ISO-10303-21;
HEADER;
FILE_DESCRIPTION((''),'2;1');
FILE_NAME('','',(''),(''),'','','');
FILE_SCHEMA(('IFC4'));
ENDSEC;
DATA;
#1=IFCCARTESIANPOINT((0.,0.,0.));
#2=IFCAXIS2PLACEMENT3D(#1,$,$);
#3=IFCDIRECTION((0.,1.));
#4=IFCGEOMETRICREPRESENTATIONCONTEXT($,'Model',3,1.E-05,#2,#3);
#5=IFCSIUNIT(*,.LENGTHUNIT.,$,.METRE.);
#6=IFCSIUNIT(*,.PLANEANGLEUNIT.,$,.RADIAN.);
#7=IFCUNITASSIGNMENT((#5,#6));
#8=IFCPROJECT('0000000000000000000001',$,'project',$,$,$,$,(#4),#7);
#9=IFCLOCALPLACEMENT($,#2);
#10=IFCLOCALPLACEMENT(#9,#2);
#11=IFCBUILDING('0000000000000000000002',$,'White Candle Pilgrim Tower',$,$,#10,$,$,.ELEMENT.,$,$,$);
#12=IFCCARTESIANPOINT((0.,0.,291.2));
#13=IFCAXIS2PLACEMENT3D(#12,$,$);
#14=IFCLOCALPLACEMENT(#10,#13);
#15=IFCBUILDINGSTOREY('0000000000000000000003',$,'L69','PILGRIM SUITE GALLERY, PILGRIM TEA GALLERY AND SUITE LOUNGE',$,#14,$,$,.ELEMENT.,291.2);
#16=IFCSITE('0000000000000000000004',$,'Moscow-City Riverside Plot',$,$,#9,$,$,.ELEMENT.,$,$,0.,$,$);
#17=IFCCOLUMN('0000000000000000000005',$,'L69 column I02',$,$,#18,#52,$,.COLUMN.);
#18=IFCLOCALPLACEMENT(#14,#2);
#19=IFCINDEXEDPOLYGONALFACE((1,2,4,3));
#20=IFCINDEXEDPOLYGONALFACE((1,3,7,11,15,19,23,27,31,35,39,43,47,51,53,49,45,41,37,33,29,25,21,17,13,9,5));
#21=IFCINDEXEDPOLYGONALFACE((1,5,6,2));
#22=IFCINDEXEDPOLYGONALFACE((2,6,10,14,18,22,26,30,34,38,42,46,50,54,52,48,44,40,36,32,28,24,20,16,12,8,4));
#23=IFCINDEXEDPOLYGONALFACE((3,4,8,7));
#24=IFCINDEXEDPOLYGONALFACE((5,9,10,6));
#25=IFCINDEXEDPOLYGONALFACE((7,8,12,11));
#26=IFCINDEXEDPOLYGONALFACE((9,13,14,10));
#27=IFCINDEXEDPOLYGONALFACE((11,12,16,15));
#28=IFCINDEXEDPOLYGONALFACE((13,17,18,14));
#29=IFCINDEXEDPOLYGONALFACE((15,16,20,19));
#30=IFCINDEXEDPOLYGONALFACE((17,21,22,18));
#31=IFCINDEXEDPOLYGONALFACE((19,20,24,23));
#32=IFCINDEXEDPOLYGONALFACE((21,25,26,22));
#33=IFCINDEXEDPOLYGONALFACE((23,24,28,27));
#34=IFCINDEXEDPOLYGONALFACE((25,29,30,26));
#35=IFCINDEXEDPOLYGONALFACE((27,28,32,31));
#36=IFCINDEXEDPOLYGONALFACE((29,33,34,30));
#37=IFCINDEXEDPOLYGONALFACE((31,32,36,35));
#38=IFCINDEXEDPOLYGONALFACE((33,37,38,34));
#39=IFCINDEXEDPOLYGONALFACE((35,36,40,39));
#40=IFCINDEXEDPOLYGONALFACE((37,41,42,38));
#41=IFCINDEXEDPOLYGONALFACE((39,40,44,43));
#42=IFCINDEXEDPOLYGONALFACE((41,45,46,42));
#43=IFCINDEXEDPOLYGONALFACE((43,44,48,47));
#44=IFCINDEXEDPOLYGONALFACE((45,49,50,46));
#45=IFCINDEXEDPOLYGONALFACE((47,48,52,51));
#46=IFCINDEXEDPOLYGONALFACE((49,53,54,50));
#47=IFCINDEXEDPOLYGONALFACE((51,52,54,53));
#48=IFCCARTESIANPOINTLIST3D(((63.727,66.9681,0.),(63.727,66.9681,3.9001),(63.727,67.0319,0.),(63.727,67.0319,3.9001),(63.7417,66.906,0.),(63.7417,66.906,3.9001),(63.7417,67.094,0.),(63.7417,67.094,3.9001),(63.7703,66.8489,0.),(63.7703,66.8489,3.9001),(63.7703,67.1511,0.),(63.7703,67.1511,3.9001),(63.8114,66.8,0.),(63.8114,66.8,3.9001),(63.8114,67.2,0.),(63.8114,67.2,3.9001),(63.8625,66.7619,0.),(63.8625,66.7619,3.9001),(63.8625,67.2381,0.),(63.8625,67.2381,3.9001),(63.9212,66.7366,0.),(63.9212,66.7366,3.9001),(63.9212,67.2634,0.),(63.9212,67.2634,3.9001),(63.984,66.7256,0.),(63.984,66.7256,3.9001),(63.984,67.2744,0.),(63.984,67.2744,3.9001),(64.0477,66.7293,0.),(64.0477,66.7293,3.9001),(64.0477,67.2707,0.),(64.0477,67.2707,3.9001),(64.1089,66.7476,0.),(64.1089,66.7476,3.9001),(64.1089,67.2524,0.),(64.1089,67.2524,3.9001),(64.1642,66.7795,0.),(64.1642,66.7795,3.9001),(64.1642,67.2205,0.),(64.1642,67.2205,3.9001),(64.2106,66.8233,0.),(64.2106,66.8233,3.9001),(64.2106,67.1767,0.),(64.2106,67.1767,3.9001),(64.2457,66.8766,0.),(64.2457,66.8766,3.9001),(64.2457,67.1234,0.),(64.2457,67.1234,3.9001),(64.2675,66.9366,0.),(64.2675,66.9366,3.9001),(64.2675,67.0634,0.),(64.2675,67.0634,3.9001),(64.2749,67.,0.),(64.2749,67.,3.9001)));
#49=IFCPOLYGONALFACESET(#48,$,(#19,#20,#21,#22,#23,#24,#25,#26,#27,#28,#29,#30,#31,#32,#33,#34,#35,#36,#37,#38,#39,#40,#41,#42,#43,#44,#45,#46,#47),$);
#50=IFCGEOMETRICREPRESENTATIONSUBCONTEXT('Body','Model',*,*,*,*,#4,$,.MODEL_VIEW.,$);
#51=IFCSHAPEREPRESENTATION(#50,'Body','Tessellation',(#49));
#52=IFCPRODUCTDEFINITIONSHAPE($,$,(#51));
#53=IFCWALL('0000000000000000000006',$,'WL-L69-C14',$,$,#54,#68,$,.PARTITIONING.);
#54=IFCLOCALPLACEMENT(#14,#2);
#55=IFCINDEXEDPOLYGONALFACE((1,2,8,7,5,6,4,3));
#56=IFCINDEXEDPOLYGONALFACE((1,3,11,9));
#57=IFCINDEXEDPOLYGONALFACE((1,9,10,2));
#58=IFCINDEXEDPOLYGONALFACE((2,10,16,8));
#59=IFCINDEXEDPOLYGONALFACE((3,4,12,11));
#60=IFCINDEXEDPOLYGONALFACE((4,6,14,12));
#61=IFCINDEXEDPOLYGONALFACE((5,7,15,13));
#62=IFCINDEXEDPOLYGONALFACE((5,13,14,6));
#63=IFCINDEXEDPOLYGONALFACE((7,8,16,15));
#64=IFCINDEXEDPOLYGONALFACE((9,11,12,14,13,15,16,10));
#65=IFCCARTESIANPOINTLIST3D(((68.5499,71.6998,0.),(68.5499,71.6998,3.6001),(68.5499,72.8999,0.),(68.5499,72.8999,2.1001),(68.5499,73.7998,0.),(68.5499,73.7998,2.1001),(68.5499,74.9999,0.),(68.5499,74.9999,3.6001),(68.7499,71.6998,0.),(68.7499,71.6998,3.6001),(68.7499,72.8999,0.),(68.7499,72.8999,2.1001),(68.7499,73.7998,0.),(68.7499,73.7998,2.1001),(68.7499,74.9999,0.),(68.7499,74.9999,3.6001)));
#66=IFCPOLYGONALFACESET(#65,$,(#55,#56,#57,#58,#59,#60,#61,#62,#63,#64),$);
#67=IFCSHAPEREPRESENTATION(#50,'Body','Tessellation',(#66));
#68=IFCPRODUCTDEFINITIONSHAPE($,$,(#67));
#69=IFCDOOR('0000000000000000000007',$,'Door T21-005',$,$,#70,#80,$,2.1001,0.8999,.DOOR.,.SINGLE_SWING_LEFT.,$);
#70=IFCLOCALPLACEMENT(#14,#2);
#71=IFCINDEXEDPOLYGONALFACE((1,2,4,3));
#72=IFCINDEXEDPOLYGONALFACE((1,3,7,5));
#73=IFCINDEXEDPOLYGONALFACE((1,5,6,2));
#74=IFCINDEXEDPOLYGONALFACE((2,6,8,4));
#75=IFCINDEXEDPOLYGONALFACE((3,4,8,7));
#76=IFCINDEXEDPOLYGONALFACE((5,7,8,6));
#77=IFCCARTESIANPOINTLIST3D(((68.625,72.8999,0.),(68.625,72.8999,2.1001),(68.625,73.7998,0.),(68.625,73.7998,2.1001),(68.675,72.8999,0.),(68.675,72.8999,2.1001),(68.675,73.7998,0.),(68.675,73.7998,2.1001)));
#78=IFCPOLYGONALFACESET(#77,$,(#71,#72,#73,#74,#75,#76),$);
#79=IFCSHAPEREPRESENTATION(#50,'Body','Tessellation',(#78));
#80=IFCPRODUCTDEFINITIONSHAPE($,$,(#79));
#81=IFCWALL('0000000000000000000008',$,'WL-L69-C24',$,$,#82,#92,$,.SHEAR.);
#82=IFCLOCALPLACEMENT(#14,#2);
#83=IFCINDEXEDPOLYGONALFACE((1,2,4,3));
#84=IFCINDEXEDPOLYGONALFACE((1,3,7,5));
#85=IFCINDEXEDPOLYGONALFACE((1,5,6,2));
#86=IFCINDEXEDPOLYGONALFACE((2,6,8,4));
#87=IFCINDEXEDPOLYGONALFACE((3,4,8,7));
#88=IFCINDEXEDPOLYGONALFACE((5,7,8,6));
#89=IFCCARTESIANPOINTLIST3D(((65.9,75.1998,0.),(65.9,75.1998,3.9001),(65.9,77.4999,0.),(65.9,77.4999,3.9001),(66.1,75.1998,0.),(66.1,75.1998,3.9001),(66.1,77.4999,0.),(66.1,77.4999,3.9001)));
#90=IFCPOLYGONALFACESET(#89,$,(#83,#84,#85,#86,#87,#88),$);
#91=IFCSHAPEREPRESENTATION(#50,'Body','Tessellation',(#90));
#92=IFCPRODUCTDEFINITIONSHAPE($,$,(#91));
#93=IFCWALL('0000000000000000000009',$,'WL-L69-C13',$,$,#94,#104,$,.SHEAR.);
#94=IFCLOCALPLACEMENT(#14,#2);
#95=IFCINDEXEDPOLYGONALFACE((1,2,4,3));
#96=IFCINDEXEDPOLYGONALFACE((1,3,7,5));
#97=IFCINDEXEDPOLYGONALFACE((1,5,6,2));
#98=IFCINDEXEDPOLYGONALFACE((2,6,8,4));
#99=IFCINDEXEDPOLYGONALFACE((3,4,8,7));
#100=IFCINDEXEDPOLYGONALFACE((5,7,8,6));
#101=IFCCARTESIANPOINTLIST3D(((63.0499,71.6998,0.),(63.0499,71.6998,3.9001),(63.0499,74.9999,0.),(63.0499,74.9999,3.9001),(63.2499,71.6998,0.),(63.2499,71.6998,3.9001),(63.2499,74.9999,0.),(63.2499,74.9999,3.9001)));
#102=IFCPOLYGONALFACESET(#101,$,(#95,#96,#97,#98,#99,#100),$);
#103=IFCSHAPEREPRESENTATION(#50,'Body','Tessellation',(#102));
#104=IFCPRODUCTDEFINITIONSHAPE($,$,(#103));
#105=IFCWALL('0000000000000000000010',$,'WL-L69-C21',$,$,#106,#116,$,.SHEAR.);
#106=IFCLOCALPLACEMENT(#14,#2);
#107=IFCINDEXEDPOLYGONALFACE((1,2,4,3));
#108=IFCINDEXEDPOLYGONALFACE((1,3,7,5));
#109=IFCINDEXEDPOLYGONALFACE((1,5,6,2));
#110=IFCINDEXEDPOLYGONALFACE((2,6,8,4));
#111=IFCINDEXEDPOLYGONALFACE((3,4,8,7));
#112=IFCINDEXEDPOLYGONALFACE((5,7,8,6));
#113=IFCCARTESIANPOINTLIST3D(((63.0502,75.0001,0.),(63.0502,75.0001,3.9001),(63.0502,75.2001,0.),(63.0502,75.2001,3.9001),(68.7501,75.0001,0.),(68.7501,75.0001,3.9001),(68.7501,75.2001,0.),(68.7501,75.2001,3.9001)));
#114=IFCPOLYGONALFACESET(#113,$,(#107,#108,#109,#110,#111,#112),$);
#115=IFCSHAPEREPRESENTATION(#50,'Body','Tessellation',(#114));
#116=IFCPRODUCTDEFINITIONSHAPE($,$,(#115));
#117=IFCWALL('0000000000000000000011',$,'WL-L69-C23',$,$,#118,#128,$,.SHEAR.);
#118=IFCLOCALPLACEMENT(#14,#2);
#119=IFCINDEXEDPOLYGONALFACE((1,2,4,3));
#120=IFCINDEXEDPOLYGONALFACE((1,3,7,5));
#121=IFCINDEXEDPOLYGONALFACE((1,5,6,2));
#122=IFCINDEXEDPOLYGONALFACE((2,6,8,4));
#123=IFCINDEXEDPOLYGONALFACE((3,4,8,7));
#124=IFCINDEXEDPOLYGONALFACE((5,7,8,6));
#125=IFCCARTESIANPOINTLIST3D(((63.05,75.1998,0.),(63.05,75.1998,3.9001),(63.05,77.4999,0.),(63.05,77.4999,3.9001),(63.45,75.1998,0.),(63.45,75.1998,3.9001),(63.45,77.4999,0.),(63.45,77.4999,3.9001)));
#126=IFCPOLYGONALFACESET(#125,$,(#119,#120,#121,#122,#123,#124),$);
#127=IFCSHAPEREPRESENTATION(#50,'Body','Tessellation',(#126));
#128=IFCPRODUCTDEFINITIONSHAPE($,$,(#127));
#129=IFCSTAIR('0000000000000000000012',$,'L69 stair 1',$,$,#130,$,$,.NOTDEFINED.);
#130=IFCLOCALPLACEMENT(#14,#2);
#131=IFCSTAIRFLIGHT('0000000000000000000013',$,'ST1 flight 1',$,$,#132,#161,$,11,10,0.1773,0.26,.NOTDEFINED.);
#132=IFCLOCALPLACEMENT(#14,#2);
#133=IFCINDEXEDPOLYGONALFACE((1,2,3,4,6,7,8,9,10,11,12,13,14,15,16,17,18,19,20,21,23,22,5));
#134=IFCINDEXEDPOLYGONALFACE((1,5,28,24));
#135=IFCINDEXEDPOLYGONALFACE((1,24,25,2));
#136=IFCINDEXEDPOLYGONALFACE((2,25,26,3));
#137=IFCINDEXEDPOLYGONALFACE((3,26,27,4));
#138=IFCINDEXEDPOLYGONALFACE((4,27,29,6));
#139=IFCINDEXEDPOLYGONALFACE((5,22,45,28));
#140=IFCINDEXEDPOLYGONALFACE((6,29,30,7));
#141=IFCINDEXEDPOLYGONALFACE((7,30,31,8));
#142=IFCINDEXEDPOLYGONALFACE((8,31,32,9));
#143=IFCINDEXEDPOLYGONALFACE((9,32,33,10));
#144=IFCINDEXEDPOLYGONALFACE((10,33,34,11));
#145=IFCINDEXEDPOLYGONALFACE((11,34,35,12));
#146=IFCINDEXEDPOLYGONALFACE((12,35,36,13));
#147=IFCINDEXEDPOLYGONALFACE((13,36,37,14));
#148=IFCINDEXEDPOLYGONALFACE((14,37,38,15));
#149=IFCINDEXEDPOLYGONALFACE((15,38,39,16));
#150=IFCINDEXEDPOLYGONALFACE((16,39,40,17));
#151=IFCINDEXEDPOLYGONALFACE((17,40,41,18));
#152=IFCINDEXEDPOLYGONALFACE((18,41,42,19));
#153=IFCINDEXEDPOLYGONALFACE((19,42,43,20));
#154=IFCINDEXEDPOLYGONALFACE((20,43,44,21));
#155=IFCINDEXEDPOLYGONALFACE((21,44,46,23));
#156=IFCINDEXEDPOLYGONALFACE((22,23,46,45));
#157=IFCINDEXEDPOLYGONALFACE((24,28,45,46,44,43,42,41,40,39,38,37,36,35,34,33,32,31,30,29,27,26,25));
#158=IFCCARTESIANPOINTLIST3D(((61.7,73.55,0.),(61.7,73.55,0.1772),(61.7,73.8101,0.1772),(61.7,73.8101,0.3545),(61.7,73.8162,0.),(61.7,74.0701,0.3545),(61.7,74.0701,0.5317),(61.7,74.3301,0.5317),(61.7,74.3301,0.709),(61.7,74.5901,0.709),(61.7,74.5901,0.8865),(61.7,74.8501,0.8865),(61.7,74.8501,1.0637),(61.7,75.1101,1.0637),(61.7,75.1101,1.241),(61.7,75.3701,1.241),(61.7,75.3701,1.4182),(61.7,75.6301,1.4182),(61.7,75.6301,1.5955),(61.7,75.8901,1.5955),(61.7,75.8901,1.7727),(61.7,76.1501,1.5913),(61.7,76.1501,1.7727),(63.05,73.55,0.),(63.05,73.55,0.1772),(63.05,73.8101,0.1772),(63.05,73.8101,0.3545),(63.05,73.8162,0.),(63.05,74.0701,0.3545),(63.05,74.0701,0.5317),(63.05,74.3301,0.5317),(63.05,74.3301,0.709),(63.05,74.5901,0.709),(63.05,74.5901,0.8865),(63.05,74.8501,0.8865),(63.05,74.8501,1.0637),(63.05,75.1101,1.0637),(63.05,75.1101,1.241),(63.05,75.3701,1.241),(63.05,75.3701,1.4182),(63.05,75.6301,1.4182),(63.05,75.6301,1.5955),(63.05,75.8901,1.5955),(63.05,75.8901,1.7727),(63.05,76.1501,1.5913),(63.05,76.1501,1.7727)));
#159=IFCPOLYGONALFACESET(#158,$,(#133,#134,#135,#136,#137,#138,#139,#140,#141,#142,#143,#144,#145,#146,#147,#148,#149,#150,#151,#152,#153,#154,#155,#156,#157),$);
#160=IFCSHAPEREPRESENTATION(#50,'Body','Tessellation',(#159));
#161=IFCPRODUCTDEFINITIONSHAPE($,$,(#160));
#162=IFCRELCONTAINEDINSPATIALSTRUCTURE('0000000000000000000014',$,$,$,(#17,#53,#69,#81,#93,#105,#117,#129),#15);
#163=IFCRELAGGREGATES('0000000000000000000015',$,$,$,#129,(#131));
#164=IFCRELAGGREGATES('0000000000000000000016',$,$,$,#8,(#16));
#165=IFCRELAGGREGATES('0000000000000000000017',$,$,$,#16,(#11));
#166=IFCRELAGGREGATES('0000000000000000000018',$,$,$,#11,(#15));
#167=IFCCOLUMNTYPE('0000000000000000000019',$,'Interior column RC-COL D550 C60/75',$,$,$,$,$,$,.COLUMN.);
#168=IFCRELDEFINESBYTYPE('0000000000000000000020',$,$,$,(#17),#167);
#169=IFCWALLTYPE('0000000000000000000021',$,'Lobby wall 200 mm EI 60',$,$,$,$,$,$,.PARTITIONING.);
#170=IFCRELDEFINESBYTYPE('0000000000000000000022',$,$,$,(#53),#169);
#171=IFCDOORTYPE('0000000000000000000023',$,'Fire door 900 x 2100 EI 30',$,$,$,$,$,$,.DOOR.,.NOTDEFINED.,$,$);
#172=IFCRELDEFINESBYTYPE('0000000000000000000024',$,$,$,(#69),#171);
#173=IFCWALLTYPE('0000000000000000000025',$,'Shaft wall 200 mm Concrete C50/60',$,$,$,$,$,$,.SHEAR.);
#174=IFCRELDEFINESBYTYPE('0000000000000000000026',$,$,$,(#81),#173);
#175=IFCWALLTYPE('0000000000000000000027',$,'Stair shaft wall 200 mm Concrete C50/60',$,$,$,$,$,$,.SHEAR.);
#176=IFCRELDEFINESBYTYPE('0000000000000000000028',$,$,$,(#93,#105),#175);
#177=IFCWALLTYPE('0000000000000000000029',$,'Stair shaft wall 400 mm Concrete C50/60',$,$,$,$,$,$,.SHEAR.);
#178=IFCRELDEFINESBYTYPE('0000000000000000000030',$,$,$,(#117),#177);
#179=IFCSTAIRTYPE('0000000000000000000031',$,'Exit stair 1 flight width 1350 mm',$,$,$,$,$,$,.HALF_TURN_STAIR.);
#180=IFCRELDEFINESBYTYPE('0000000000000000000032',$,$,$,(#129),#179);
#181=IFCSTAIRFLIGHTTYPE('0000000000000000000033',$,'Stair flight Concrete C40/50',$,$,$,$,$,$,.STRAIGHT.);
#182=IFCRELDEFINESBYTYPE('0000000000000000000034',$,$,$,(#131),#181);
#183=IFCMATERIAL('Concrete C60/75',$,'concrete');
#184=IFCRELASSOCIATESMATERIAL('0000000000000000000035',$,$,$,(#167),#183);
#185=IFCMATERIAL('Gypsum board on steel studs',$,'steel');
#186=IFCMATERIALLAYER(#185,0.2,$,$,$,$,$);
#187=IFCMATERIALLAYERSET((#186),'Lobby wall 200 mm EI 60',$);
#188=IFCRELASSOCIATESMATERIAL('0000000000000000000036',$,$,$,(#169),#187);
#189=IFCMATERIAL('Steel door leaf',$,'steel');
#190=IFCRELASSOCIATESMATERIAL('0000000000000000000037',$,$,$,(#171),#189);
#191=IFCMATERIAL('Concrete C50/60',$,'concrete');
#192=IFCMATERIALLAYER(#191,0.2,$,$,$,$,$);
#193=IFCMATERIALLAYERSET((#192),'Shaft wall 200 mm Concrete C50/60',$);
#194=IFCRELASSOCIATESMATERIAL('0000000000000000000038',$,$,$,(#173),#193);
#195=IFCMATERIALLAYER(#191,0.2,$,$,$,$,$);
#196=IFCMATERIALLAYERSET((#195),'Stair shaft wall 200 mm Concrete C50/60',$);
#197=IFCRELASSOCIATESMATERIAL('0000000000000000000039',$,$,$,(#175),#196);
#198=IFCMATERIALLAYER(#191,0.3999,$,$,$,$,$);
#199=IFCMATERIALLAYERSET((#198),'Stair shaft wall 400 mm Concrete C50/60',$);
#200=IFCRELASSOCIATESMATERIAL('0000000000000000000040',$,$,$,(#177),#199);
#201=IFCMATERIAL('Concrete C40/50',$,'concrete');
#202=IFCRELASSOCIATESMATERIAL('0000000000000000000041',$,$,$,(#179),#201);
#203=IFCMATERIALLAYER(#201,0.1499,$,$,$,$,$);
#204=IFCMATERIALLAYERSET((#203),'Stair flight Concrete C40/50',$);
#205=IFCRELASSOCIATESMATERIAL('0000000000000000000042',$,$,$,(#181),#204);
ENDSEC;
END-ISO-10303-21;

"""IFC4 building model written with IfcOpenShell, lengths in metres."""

from ifc_helpers import new_model, si_unit, direction, frame, frame_2d, origin, origin_2d, place, context, subcontext, project, spatial, polyline, rectangle, circle, outline, extrude, material, layer, layer_set, material_profile, profile_set, type_object, element, fill, aggregate, save


model = new_model("IFC4")

# Units and contexts
model_context = context("Model", 3, precision=1e-05, world=origin(), true_north=direction((0.0, 1.0)))
body_context = subcontext(model_context, "Body", "Model", "MODEL_VIEW")
ifc_project = project(units=[si_unit("LENGTHUNIT", "METRE"), si_unit("PLANEANGLEUNIT", "RADIAN")], contexts=[model_context])

# Site, building, storey
site_placement = place(None, origin())
site = spatial("IfcSite", under=ifc_project, at=site_placement, Name="Moscow-City Riverside Plot", CompositionType="ELEMENT", RefElevation=0.0)
building_placement = place(site_placement, origin())
building = spatial("IfcBuilding", under=site, at=building_placement, Name="White Candle Pilgrim Tower", CompositionType="ELEMENT")
storey_placement = place(building_placement, frame((0.0, 0.0, 291.2)))
storey = spatial("IfcBuildingStorey", under=building, at=storey_placement, Name="L69", Description="PILGRIM SUITE GALLERY, PILGRIM TEA GALLERY AND SUITE LOUNGE", CompositionType="ELEMENT", Elevation=291.2)

# Column
ifc_material_1 = material(Name="Concrete C60/75", Category="concrete")
ifc_material_profile = material_profile(ifc_material_1, circle(Radius=0.2749, at=origin_2d()), Name="RC-COL D550")
ifc_profile_set = profile_set([ifc_material_profile], Name="Concrete C60/75")
column_type = type_object("IfcColumnType", Name="Interior column RC-COL D550 C60/75", PredefinedType="COLUMN", material=ifc_profile_set)
column_placement = place(storey_placement, frame((64.0, 67.0, 0.0), z_axis=(0.0, 0.0, 1.0), x_axis=(1.0, 0.0, 0.0)))
element("IfcColumn", 1, at=column_placement, inside=storey, type_object=column_type, Name="L69 column I02", PredefinedType="COLUMN", context=body_context, shape_type="SweptSolid", body=[
    extrude(circle(Radius=0.2749, at=origin_2d()), origin(), (0.0, 0.0, 1.0), 3.9001),
])

# Wall, opening, door
ifc_material_2 = material(Name="Gypsum board on steel studs", Category="steel")
ifc_layer_1 = layer(ifc_material_2, 0.2)
ifc_layer_set_1 = layer_set([ifc_layer_1], Name="Lobby wall 200 mm EI 60")
wall_type_1 = type_object("IfcWallType", Name="Lobby wall 200 mm EI 60", PredefinedType="PARTITIONING", material=ifc_layer_set_1)
wall_1_placement = place(storey_placement, frame((68.6499, 71.7, 0.0), z_axis=(0.0, 0.0, 1.0), x_axis=(0.0, 1.0, 0.0)))
wall_1 = element("IfcWall", 2, at=wall_1_placement, inside=storey, type_object=wall_type_1, Name="WL-L69-C14", PredefinedType="PARTITIONING", context=body_context, shape_type="SweptSolid", body=[
    extrude(rectangle(XDim=3.3, YDim=0.2, at=frame_2d((1.6499, 0.0))), origin(), (0.0, 0.0, 1.0), 3.6001),
])
opening_placement = place(wall_1_placement, frame((1.2, 0.0, 0.0)))
opening = element("IfcOpeningElement", 3, at=opening_placement, cuts=wall_1, PredefinedType="OPENING", context=body_context, shape_type="SweptSolid", body=[
    extrude(rectangle(XDim=0.8999, YDim=2.1001, at=frame_2d((0.45, 1.05))), frame((0.0, 0.1099, 0.0), z_axis=(0.0, -1.0, 0.0), x_axis=(1.0, 0.0, 0.0)), (0.0, 0.0, 1.0), 0.22),
])
ifc_material_3 = material(Name="Steel door leaf", Category="steel")
door_type = type_object("IfcDoorType", Name="Fire door 900 x 2100 EI 30", OperationType="NOTDEFINED", PredefinedType="DOOR", material=ifc_material_3)
door_placement = place(opening_placement, origin())
door = element("IfcDoor", 4, at=door_placement, inside=storey, type_object=door_type, Name="Door T21-005", OperationType="SINGLE_SWING_LEFT", OverallHeight=2.1001, OverallWidth=0.8999, PredefinedType="DOOR", context=body_context, shape_type="SweptSolid", body=[
    extrude(rectangle(XDim=0.8999, YDim=2.1001, at=frame_2d((0.45, 1.05))), frame((0.0, 0.0249, 0.0), z_axis=(0.0, -1.0, 0.0), x_axis=(1.0, 0.0, 0.0)), (0.0, 0.0, 1.0), 0.05),
])
fill(opening, door)

# Walls
ifc_material_4 = material(Name="Concrete C50/60", Category="concrete")
ifc_layer_2 = layer(ifc_material_4, 0.2)
ifc_layer_set_2 = layer_set([ifc_layer_2], Name="Shaft wall 200 mm Concrete C50/60")
wall_type_2 = type_object("IfcWallType", Name="Shaft wall 200 mm Concrete C50/60", PredefinedType="SHEAR", material=ifc_layer_set_2)
wall_2_placement = place(storey_placement, frame((66.0, 75.2, 0.0), z_axis=(0.0, 0.0, 1.0), x_axis=(0.0, 1.0, 0.0)))
element("IfcWall", 5, at=wall_2_placement, inside=storey, type_object=wall_type_2, Name="WL-L69-C24", PredefinedType="SHEAR", context=body_context, shape_type="SweptSolid", body=[
    extrude(rectangle(XDim=2.3, YDim=0.2, at=frame_2d((1.1499, 0.0))), origin(), (0.0, 0.0, 1.0), 3.9001),
])
ifc_layer_3 = layer(ifc_material_4, 0.2)
ifc_layer_set_3 = layer_set([ifc_layer_3], Name="Stair shaft wall 200 mm Concrete C50/60")
wall_type_3 = type_object("IfcWallType", Name="Stair shaft wall 200 mm Concrete C50/60", PredefinedType="SHEAR", material=ifc_layer_set_3)
wall_3_placement = place(storey_placement, frame((63.1499, 71.7, 0.0), z_axis=(0.0, 0.0, 1.0), x_axis=(0.0, 1.0, 0.0)))
element("IfcWall", 6, at=wall_3_placement, inside=storey, type_object=wall_type_3, Name="WL-L69-C13", PredefinedType="SHEAR", context=body_context, shape_type="SweptSolid", body=[
    extrude(rectangle(XDim=3.3, YDim=0.2, at=frame_2d((1.6499, 0.0))), origin(), (0.0, 0.0, 1.0), 3.9001),
])
wall_4_placement = place(storey_placement, frame((63.05, 75.1001, 0.0), z_axis=(0.0, 0.0, 1.0), x_axis=(1.0, 0.0, 0.0)))
element("IfcWall", 7, at=wall_4_placement, inside=storey, type_object=wall_type_3, Name="WL-L69-C21", PredefinedType="SHEAR", context=body_context, shape_type="SweptSolid", body=[
    extrude(rectangle(XDim=5.7, YDim=0.2, at=frame_2d((2.8501, 0.0))), origin(), (0.0, 0.0, 1.0), 3.9001),
])
ifc_layer_4 = layer(ifc_material_4, 0.3999)
ifc_layer_set_4 = layer_set([ifc_layer_4], Name="Stair shaft wall 400 mm Concrete C50/60")
wall_type_4 = type_object("IfcWallType", Name="Stair shaft wall 400 mm Concrete C50/60", PredefinedType="SHEAR", material=ifc_layer_set_4)
wall_5_placement = place(storey_placement, frame((63.25, 75.2, 0.0), z_axis=(0.0, 0.0, 1.0), x_axis=(0.0, 1.0, 0.0)))
element("IfcWall", 8, at=wall_5_placement, inside=storey, type_object=wall_type_4, Name="WL-L69-C23", PredefinedType="SHEAR", context=body_context, shape_type="SweptSolid", body=[
    extrude(rectangle(XDim=2.3, YDim=0.3999, at=frame_2d((1.1499, 0.0))), origin(), (0.0, 0.0, 1.0), 3.9001),
])

# Stair, stair flight
ifc_material_5 = material(Name="Concrete C40/50", Category="concrete")
stair_type = type_object("IfcStairType", Name="Exit stair 1 flight width 1350 mm", PredefinedType="HALF_TURN_STAIR", material=ifc_material_5)
stair_placement = place(storey_placement, origin())
stair = element("IfcStair", 9, at=stair_placement, inside=storey, type_object=stair_type, Name="L69 stair 1", PredefinedType="NOTDEFINED")
ifc_layer_5 = layer(ifc_material_5, 0.1499)
ifc_layer_set_5 = layer_set([ifc_layer_5], Name="Stair flight Concrete C40/50")
stair_flight_type = type_object("IfcStairFlightType", Name="Stair flight Concrete C40/50", PredefinedType="STRAIGHT", material=ifc_layer_set_5)
stair_flight_1_placement = place(storey_placement, frame((62.375, 73.55, 0.0), z_axis=(0.0, 0.0, 1.0), x_axis=(0.0, 1.0, 0.0)))
stair_flight_1 = element("IfcStairFlight", 10, at=stair_flight_1_placement, type_object=stair_flight_type, Name="ST1 flight 1", NumberOfRisers=11, NumberOfTreads=10, PredefinedType="NOTDEFINED", RiserHeight=0.1773, TreadLength=0.26, context=body_context, shape_type="SweptSolid", body=[
    extrude(outline(polyline([(0.0, 0.0), (0.0, 0.1772), (0.26, 0.1772), (0.26, 0.3545), (0.52, 0.3545), (0.52, 0.5317), (0.78, 0.5317), (0.78, 0.709), (1.04, 0.709), (1.04, 0.8865), (1.3, 0.8865), (1.3, 1.0637), (1.5601, 1.0637), (1.5601, 1.241), (1.8201, 1.241), (1.8201, 1.4182), (2.0801, 1.4182), (2.0801, 1.5955), (2.3401, 1.5955), (2.3401, 1.7727), (2.6001, 1.7727), (2.6001, 1.95), (2.6001, 1.5913), (0.2661, 0.0), (0.0, 0.0)])), frame((0.0, 0.675, 0.0), z_axis=(0.0, -1.0, 0.0), x_axis=(1.0, 0.0, 0.0)), (0.0, 0.0, 1.0), 1.3501),
])
aggregate(stair, [stair_flight_1])

save(model, "model.ifc")
